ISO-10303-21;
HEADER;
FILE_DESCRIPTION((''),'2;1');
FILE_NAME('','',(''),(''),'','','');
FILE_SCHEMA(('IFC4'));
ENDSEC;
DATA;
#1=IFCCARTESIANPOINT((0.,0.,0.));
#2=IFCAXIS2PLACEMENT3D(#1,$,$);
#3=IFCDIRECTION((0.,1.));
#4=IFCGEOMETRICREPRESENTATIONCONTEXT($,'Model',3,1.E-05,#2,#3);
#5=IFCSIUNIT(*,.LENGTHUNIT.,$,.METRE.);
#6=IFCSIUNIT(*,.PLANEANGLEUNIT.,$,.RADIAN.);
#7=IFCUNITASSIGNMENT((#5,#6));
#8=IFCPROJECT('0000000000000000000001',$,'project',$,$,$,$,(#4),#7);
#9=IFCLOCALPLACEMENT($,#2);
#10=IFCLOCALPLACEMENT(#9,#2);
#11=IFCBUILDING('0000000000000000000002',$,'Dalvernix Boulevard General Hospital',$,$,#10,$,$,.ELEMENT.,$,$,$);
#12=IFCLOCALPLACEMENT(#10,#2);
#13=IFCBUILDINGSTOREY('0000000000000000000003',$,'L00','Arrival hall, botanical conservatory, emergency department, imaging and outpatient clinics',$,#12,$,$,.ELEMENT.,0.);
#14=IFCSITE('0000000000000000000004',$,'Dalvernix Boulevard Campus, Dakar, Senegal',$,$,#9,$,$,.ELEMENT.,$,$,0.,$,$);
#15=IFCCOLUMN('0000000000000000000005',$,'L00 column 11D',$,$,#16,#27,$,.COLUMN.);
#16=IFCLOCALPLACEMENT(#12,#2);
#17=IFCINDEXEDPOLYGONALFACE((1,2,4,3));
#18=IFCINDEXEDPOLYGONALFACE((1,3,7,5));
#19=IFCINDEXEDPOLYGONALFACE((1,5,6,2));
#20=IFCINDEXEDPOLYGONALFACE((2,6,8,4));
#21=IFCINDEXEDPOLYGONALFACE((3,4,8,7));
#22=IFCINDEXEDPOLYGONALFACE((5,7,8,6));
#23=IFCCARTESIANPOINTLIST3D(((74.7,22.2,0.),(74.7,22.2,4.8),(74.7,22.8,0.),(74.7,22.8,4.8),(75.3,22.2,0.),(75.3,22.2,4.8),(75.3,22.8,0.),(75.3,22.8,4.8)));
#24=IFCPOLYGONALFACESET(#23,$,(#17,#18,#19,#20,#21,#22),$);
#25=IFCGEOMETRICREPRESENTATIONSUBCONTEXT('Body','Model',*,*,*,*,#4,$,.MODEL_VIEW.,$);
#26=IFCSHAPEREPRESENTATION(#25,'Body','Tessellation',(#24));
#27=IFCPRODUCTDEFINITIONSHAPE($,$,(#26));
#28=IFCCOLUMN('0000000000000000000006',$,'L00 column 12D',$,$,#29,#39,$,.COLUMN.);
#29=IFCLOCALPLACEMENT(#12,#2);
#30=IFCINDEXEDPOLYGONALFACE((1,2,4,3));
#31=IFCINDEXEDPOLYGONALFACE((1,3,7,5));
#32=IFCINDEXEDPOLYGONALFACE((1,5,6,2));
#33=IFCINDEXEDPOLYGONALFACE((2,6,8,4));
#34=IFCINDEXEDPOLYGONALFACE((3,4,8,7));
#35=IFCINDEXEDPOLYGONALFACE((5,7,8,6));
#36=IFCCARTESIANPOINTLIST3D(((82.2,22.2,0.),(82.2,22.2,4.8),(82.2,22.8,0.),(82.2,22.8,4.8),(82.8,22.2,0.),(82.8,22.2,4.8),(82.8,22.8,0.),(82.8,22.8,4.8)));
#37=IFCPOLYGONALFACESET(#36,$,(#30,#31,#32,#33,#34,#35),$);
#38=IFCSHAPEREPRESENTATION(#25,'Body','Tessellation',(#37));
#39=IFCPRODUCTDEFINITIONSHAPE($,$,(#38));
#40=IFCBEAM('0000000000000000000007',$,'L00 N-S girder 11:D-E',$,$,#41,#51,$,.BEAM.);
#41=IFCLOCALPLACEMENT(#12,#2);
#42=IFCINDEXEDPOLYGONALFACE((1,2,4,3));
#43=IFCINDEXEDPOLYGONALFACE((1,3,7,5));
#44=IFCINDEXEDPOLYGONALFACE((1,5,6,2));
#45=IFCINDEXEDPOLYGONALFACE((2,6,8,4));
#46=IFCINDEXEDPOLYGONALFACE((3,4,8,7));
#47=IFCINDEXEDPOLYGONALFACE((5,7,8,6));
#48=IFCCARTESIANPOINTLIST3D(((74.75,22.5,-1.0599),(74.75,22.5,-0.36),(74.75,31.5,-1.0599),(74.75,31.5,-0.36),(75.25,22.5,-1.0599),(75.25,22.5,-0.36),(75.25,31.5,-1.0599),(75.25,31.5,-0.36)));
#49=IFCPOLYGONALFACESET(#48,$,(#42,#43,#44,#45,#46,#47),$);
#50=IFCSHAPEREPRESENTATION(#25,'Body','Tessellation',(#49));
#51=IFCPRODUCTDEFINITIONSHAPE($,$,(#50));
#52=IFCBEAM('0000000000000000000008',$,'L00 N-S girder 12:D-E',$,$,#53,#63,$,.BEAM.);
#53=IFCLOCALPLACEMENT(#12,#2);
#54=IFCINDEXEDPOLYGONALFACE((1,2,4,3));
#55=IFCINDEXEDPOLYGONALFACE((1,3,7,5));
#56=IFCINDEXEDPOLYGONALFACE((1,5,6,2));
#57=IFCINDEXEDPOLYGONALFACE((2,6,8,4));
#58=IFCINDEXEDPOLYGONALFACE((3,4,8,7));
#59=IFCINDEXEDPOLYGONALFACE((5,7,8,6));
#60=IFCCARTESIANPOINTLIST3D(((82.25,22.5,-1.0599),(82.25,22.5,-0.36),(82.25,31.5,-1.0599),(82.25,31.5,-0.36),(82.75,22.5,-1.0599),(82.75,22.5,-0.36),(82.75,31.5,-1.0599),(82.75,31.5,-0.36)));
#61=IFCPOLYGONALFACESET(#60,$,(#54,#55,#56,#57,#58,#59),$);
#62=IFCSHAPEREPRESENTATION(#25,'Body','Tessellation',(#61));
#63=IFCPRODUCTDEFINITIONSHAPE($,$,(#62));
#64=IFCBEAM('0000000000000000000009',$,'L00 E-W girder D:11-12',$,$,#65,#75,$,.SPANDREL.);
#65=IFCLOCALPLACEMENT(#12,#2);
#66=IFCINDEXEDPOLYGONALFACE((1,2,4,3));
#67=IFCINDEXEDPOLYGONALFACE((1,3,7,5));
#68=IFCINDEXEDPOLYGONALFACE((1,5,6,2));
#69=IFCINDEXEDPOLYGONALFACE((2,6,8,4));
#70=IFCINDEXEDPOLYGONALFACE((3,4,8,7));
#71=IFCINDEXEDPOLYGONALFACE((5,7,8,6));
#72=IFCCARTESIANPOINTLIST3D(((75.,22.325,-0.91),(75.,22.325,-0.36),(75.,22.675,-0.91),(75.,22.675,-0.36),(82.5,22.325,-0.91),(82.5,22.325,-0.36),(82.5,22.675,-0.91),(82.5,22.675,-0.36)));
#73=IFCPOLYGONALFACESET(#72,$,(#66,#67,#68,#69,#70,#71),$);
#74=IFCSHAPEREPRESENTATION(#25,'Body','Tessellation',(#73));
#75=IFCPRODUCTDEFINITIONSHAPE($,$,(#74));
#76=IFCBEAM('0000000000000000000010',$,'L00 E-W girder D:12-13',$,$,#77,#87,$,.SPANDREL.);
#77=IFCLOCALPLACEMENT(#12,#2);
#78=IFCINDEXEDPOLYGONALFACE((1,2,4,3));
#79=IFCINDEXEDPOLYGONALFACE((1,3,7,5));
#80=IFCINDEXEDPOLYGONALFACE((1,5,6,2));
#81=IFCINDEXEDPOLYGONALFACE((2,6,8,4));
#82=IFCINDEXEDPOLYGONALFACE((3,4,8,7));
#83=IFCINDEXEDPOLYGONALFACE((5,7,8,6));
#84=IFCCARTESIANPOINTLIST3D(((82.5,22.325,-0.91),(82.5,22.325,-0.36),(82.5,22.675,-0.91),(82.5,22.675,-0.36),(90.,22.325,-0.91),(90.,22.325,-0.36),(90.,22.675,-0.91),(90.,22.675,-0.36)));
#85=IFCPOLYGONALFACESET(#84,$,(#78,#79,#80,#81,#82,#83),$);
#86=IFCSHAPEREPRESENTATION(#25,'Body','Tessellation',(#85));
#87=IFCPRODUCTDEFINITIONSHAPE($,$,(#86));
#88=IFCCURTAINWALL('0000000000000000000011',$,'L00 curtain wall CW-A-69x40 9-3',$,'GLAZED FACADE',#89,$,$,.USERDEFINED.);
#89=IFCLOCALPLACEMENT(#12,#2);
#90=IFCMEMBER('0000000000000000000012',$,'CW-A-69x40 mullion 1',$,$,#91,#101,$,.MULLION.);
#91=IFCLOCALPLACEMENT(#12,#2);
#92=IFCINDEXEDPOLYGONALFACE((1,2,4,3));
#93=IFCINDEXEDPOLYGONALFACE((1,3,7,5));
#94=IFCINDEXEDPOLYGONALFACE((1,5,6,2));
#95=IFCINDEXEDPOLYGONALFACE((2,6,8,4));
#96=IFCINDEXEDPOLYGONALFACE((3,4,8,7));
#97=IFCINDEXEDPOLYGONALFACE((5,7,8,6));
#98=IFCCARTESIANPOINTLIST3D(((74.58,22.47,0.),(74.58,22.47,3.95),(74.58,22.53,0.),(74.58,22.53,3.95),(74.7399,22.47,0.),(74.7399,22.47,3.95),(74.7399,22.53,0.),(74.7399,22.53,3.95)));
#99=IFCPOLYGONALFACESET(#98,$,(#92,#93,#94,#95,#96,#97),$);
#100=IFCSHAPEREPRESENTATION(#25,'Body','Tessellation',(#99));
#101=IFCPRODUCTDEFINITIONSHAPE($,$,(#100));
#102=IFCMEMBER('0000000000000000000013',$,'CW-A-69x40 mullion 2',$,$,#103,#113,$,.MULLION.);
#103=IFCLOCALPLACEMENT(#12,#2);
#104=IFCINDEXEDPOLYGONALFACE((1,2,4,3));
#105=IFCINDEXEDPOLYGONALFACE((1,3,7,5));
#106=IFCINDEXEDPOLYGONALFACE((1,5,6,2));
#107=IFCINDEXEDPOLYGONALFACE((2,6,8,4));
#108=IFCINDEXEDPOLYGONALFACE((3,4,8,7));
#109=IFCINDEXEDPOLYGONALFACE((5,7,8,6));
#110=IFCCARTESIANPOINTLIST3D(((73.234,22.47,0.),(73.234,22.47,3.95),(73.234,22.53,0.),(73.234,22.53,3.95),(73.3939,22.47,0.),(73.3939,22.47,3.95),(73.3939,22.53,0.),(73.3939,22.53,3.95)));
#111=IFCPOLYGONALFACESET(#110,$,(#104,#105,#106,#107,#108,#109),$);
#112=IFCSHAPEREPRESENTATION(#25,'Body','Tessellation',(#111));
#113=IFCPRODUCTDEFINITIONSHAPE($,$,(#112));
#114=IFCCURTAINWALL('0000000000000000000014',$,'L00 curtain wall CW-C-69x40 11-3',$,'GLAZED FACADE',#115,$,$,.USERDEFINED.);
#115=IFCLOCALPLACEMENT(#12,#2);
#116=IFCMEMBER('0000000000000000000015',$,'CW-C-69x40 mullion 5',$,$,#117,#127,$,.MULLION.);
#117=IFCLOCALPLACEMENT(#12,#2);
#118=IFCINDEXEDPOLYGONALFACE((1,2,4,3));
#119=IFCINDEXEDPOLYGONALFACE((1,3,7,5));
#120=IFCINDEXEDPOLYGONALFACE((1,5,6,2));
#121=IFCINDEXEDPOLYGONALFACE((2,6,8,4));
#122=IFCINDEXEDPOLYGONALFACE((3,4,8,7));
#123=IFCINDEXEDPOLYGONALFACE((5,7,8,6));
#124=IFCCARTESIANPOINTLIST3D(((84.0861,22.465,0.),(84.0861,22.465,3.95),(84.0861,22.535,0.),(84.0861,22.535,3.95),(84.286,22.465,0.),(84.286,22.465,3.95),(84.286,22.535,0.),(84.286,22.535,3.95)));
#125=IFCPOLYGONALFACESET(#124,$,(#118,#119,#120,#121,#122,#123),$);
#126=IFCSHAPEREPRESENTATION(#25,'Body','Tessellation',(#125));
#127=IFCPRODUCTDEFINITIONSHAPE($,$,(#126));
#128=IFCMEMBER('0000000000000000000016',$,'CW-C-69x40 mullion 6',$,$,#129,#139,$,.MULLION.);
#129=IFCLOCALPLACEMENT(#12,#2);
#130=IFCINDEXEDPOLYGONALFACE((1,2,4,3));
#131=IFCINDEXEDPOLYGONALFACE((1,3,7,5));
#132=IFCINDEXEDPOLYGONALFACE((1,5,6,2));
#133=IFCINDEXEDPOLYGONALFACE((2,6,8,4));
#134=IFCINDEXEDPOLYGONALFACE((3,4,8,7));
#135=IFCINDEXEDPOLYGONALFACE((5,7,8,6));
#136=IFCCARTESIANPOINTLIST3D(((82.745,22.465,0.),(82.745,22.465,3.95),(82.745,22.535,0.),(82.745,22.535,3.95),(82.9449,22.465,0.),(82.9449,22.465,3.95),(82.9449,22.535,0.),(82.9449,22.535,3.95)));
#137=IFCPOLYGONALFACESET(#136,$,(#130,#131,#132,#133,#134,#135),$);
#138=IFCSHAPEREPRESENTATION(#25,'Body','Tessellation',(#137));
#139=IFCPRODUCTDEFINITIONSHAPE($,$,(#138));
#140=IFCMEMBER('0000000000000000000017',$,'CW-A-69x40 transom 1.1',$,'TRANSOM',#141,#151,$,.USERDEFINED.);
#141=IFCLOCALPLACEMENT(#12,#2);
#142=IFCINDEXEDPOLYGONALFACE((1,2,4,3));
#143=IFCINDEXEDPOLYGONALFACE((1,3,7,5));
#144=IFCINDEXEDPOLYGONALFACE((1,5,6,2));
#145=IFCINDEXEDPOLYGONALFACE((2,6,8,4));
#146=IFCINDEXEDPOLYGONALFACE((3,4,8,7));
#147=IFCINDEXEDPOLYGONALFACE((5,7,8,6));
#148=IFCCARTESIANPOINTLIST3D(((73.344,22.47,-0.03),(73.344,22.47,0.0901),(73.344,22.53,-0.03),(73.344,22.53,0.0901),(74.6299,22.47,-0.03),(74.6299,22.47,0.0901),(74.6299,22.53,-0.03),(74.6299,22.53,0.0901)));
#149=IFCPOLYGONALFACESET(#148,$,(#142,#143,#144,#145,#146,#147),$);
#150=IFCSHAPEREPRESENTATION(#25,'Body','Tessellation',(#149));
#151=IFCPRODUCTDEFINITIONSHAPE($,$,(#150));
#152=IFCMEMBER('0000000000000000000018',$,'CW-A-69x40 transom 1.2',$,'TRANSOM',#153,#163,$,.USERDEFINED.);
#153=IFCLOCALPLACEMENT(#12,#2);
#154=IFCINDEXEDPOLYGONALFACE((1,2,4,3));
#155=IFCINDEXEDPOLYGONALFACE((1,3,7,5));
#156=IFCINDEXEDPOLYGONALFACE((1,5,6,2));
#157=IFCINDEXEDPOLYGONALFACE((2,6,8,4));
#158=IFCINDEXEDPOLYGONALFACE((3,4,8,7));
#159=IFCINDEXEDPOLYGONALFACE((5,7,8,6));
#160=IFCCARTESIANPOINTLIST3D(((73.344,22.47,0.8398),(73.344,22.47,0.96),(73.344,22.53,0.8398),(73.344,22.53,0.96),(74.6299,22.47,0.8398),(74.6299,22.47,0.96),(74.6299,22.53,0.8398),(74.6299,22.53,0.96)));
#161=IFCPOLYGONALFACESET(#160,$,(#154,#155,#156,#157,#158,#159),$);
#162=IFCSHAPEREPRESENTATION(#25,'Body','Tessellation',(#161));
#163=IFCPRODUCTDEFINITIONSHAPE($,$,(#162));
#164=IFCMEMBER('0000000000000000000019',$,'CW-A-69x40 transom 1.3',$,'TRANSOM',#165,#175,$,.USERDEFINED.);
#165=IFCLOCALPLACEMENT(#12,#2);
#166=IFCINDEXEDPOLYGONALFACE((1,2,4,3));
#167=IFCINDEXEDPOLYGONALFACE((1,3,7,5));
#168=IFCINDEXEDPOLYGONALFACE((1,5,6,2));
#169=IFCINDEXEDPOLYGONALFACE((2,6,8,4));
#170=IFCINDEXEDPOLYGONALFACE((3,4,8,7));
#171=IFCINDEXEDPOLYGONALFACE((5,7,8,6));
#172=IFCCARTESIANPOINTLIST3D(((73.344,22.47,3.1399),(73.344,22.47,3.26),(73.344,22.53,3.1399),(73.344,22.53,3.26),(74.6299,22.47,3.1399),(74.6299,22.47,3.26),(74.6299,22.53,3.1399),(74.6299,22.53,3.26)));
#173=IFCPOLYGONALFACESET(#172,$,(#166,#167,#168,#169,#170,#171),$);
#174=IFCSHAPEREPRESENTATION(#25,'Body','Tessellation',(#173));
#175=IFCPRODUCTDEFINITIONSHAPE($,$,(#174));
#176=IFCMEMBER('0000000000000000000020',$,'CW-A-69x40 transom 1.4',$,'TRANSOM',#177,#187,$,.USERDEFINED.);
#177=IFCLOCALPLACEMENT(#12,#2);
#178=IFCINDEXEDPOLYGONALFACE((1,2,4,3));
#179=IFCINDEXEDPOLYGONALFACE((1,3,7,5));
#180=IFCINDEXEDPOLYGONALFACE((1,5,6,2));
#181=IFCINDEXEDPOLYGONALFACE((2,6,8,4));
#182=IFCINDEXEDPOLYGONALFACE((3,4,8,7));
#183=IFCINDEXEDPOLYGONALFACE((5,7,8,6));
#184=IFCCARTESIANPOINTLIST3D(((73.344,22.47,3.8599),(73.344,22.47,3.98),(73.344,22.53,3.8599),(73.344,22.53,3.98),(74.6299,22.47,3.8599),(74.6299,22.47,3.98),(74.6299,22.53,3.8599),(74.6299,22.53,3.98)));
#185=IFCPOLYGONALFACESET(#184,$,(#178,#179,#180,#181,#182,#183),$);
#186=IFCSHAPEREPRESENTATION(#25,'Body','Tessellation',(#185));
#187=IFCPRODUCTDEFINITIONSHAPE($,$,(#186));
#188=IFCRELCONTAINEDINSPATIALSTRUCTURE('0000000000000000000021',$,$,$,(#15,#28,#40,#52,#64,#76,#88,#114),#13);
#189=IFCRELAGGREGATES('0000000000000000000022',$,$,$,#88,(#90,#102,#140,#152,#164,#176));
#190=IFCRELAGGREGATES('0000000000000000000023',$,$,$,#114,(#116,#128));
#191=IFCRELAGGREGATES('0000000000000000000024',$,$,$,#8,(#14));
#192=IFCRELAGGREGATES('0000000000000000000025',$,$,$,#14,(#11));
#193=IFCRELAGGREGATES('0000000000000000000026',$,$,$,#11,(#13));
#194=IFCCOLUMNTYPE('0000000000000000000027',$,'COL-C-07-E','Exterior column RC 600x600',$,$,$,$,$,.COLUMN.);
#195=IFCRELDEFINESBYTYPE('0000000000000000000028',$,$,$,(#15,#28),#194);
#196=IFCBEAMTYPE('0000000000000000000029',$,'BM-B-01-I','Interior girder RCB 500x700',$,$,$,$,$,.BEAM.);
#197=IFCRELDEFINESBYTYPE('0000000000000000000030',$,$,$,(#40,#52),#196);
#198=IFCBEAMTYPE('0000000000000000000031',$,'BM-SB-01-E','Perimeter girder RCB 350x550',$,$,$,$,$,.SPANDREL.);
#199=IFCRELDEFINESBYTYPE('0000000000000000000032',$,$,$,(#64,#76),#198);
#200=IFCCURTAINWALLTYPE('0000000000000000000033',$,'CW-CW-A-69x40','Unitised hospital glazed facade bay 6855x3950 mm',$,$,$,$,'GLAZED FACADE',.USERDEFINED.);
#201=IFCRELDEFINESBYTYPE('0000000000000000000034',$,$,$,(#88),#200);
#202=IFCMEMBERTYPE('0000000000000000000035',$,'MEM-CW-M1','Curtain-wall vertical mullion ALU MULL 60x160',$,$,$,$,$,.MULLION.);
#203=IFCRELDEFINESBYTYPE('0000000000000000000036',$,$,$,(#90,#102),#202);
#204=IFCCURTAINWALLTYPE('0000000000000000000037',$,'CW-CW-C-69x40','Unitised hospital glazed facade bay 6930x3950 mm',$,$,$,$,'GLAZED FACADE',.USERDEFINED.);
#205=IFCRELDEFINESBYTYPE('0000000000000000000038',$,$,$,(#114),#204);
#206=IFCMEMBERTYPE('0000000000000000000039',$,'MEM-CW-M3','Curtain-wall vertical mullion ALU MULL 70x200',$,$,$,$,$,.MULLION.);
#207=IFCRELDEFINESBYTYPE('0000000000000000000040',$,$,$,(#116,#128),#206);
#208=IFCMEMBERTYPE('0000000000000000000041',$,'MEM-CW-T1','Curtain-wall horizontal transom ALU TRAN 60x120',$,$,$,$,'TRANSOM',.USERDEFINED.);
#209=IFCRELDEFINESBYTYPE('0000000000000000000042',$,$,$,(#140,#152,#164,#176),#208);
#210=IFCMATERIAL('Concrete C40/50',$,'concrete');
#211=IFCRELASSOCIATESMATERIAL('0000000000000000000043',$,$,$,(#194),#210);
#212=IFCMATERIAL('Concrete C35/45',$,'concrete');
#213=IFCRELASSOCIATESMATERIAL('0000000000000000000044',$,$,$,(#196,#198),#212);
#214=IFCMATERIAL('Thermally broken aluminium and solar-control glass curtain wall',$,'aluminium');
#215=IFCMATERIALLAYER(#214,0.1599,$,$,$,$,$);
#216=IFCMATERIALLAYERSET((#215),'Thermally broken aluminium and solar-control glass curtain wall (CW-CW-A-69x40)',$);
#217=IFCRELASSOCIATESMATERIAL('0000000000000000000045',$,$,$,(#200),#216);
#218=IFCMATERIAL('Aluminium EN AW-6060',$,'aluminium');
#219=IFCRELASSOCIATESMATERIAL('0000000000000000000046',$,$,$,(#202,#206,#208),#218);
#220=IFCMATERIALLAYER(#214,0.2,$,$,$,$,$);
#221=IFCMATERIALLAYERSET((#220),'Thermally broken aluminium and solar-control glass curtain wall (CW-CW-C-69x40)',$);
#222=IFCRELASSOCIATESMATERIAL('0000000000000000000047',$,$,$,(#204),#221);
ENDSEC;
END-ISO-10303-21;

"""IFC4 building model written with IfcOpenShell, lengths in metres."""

from ifc_helpers import new_model, si_unit, direction, frame, origin, origin_2d, place, context, subcontext, project, spatial, rectangle, extrude, material, layer, layer_set, material_profile, profile_set, type_object, element, aggregate, save


model = new_model("IFC4")

# Units and contexts
model_context = context("Model", 3, precision=1e-05, world=origin(), true_north=direction((0.0, 1.0)))
body_context = subcontext(model_context, "Body", "Model", "MODEL_VIEW")
ifc_project = project(units=[si_unit("LENGTHUNIT", "METRE"), si_unit("PLANEANGLEUNIT", "RADIAN")], contexts=[model_context])

# Site, building, storey
site_placement = place(None, origin())
site = spatial("IfcSite", under=ifc_project, at=site_placement, Name="Dalvernix Boulevard Campus, Dakar, Senegal", CompositionType="ELEMENT", RefElevation=0.0)
building_placement = place(site_placement, origin())
building = spatial("IfcBuilding", under=site, at=building_placement, Name="Dalvernix Boulevard General Hospital", CompositionType="ELEMENT")
storey_placement = place(building_placement, origin())
storey = spatial("IfcBuildingStorey", under=building, at=storey_placement, Name="L00", Description="Arrival hall, botanical conservatory, emergency department, imaging and outpatient clinics", CompositionType="ELEMENT", Elevation=0.0)

# Columns
ifc_material_1 = material(Name="Concrete C40/50", Category="concrete")
ifc_material_profile_1 = material_profile(ifc_material_1, rectangle(XDim=0.6001, YDim=0.6001, at=origin_2d()), Name="RC 600x600")
ifc_profile_set_1 = profile_set([ifc_material_profile_1], Name="Concrete C40/50")
column_type = type_object("IfcColumnType", Name="COL-C-07-E", Description="Exterior column RC 600x600", PredefinedType="COLUMN", material=ifc_profile_set_1)
for number, where, z_axis, x_axis, name in (
    (1, (75.0, 22.5, 0.0), (0.0, 0.0, 1.0), (1.0, 0.0, 0.0), "L00 column 11D"),
    (2, (82.5, 22.5, 0.0), (0.0, 0.0, 1.0), (1.0, 0.0, 0.0), "L00 column 12D"),
):
    element("IfcColumn", number, at=place(storey_placement, frame(where, z_axis=z_axis, x_axis=x_axis)), inside=storey, type_object=column_type, Name=name, PredefinedType="COLUMN", context=body_context, shape_type="SweptSolid", body=[
        extrude(rectangle(XDim=0.6001, YDim=0.6001, at=origin_2d()), origin(), (0.0, 0.0, 1.0), 4.8),
    ])

# Beams
ifc_material_2 = material(Name="Concrete C35/45", Category="concrete")
ifc_material_profile_2 = material_profile(ifc_material_2, rectangle(XDim=0.5, YDim=0.7, at=origin_2d()), Name="RCB 500x700")
ifc_profile_set_2 = profile_set([ifc_material_profile_2], Name="Concrete C35/45")
beam_type_1 = type_object("IfcBeamType", Name="BM-B-01-I", Description="Interior girder RCB 500x700", PredefinedType="BEAM", material=ifc_profile_set_2)
for number, where, z_axis, x_axis, name in (
    (3, (75.0, 22.5, -0.71), (0.0, 1.0, 0.0), (-1.0, 0.0, 0.0), "L00 N-S girder 11:D-E"),
    (4, (82.5, 22.5, -0.71), (0.0, 1.0, 0.0), (-1.0, 0.0, 0.0), "L00 N-S girder 12:D-E"),
):
    element("IfcBeam", number, at=place(storey_placement, frame(where, z_axis=z_axis, x_axis=x_axis)), inside=storey, type_object=beam_type_1, Name=name, PredefinedType="BEAM", context=body_context, shape_type="SweptSolid", body=[
        extrude(rectangle(XDim=0.5, YDim=0.7, at=origin_2d()), origin(), (0.0, 0.0, 1.0), 9.0),
    ])
ifc_material_profile_3 = material_profile(ifc_material_2, rectangle(XDim=0.3501, YDim=0.55, at=origin_2d()), Name="RCB 350x550")
ifc_profile_set_3 = profile_set([ifc_material_profile_3], Name="Concrete C35/45")
beam_type_2 = type_object("IfcBeamType", Name="BM-SB-01-E", Description="Perimeter girder RCB 350x550", PredefinedType="SPANDREL", material=ifc_profile_set_3)
for number, where, z_axis, x_axis, name in (
    (5, (75.0, 22.5, -0.635), (1.0, 0.0, 0.0), (0.0, 1.0, 0.0), "L00 E-W girder D:11-12"),
    (6, (82.5, 22.5, -0.635), (1.0, 0.0, 0.0), (0.0, 1.0, 0.0), "L00 E-W girder D:12-13"),
):
    element("IfcBeam", number, at=place(storey_placement, frame(where, z_axis=z_axis, x_axis=x_axis)), inside=storey, type_object=beam_type_2, Name=name, PredefinedType="SPANDREL", context=body_context, shape_type="SweptSolid", body=[
        extrude(rectangle(XDim=0.3501, YDim=0.55, at=origin_2d()), origin(), (0.0, 0.0, 1.0), 7.5),
    ])

# Curtain walls, members
ifc_material_3 = material(Name="Thermally broken aluminium and solar-control glass curtain wall", Category="aluminium")
ifc_layer_1 = layer(ifc_material_3, 0.1599)
ifc_layer_set_1 = layer_set([ifc_layer_1], Name="Thermally broken aluminium and solar-control glass curtain wall (CW-CW-A-69x40)")
curtain_wall_type_1 = type_object("IfcCurtainWallType", Name="CW-CW-A-69x40", Description="Unitised hospital glazed facade bay 6855x3950 mm", ElementType="GLAZED FACADE", PredefinedType="USERDEFINED", material=ifc_layer_set_1)
curtain_wall_1_placement = place(storey_placement, origin())
curtain_wall_1 = element("IfcCurtainWall", 7, at=curtain_wall_1_placement, inside=storey, type_object=curtain_wall_type_1, Name="L00 curtain wall CW-A-69x40 9-3", ObjectType="GLAZED FACADE", PredefinedType="USERDEFINED")
ifc_material_4 = material(Name="Aluminium EN AW-6060", Category="aluminium")
ifc_material_profile_4 = material_profile(ifc_material_4, rectangle(XDim=0.0601, YDim=0.1599, at=origin_2d()), Name="ALU MULL 60x160")
ifc_profile_set_4 = profile_set([ifc_material_profile_4], Name="Aluminium EN AW-6060")
member_type_1 = type_object("IfcMemberType", Name="MEM-CW-M1", Description="Curtain-wall vertical mullion ALU MULL 60x160", PredefinedType="MULLION", material=ifc_profile_set_4)
member_1_placement = place(storey_placement, frame((74.6599, 22.5, 0.0), z_axis=(0.0, 0.0, 1.0), x_axis=(0.0, -1.0, 0.0)))
member_1 = element("IfcMember", 8, at=member_1_placement, type_object=member_type_1, Name="CW-A-69x40 mullion 1", PredefinedType="MULLION", context=body_context, shape_type="SweptSolid", body=[
    extrude(rectangle(XDim=0.0601, YDim=0.1599, at=origin_2d()), origin(), (0.0, 0.0, 1.0), 3.95),
])
member_2_placement = place(storey_placement, frame((73.314, 22.5, 0.0), z_axis=(0.0, 0.0, 1.0), x_axis=(0.0, -1.0, 0.0)))
member_2 = element("IfcMember", 9, at=member_2_placement, type_object=member_type_1, Name="CW-A-69x40 mullion 2", PredefinedType="MULLION", context=body_context, shape_type="SweptSolid", body=[
    extrude(rectangle(XDim=0.0601, YDim=0.1599, at=origin_2d()), origin(), (0.0, 0.0, 1.0), 3.95),
])
ifc_layer_2 = layer(ifc_material_3, 0.2)
ifc_layer_set_2 = layer_set([ifc_layer_2], Name="Thermally broken aluminium and solar-control glass curtain wall (CW-CW-C-69x40)")
curtain_wall_type_2 = type_object("IfcCurtainWallType", Name="CW-CW-C-69x40", Description="Unitised hospital glazed facade bay 6930x3950 mm", ElementType="GLAZED FACADE", PredefinedType="USERDEFINED", material=ifc_layer_set_2)
curtain_wall_2_placement = place(storey_placement, origin())
curtain_wall_2 = element("IfcCurtainWall", 10, at=curtain_wall_2_placement, inside=storey, type_object=curtain_wall_type_2, Name="L00 curtain wall CW-C-69x40 11-3", ObjectType="GLAZED FACADE", PredefinedType="USERDEFINED")
ifc_material_profile_5 = material_profile(ifc_material_4, rectangle(XDim=0.0701, YDim=0.2, at=origin_2d()), Name="ALU MULL 70x200")
ifc_profile_set_5 = profile_set([ifc_material_profile_5], Name="Aluminium EN AW-6060")
member_type_2 = type_object("IfcMemberType", Name="MEM-CW-M3", Description="Curtain-wall vertical mullion ALU MULL 70x200", PredefinedType="MULLION", material=ifc_profile_set_5)
member_3_placement = place(storey_placement, frame((84.186, 22.5, 0.0), z_axis=(0.0, 0.0, 1.0), x_axis=(0.0, -1.0, 0.0)))
member_3 = element("IfcMember", 11, at=member_3_placement, type_object=member_type_2, Name="CW-C-69x40 mullion 5", PredefinedType="MULLION", context=body_context, shape_type="SweptSolid", body=[
    extrude(rectangle(XDim=0.0701, YDim=0.2, at=origin_2d()), origin(), (0.0, 0.0, 1.0), 3.95),
])
member_4_placement = place(storey_placement, frame((82.845, 22.5, 0.0), z_axis=(0.0, 0.0, 1.0), x_axis=(0.0, -1.0, 0.0)))
member_4 = element("IfcMember", 12, at=member_4_placement, type_object=member_type_2, Name="CW-C-69x40 mullion 6", PredefinedType="MULLION", context=body_context, shape_type="SweptSolid", body=[
    extrude(rectangle(XDim=0.0701, YDim=0.2, at=origin_2d()), origin(), (0.0, 0.0, 1.0), 3.95),
])

# Members
ifc_material_profile_6 = material_profile(ifc_material_4, rectangle(XDim=0.0601, YDim=0.1201, at=origin_2d()), Name="ALU TRAN 60x120")
ifc_profile_set_6 = profile_set([ifc_material_profile_6], Name="Aluminium EN AW-6060")
member_type_3 = type_object("IfcMemberType", Name="MEM-CW-T1", Description="Curtain-wall horizontal transom ALU TRAN 60x120", ElementType="TRANSOM", PredefinedType="USERDEFINED", material=ifc_profile_set_6)
member_5_placement = place(storey_placement, frame((74.6299, 22.5, 0.03), z_axis=(-1.0, 0.0, 0.0), x_axis=(0.0, -1.0, 0.0)))
member_5 = element("IfcMember", 13, at=member_5_placement, type_object=member_type_3, Name="CW-A-69x40 transom 1.1", ObjectType="TRANSOM", PredefinedType="USERDEFINED", context=body_context, shape_type="SweptSolid", body=[
    extrude(rectangle(XDim=0.0601, YDim=0.1201, at=origin_2d()), origin(), (0.0, 0.0, 1.0), 1.2859),
])
member_6_placement = place(storey_placement, frame((74.6299, 22.5, 0.8999), z_axis=(-1.0, 0.0, 0.0), x_axis=(0.0, -1.0, 0.0)))
member_6 = element("IfcMember", 14, at=member_6_placement, type_object=member_type_3, Name="CW-A-69x40 transom 1.2", ObjectType="TRANSOM", PredefinedType="USERDEFINED", context=body_context, shape_type="SweptSolid", body=[
    extrude(rectangle(XDim=0.0601, YDim=0.1201, at=origin_2d()), origin(), (0.0, 0.0, 1.0), 1.2859),
])
member_7_placement = place(storey_placement, frame((74.6299, 22.5, 3.2), z_axis=(-1.0, 0.0, 0.0), x_axis=(0.0, -1.0, 0.0)))
member_7 = element("IfcMember", 15, at=member_7_placement, type_object=member_type_3, Name="CW-A-69x40 transom 1.3", ObjectType="TRANSOM", PredefinedType="USERDEFINED", context=body_context, shape_type="SweptSolid", body=[
    extrude(rectangle(XDim=0.0601, YDim=0.1201, at=origin_2d()), origin(), (0.0, 0.0, 1.0), 1.2859),
])
member_8_placement = place(storey_placement, frame((74.6299, 22.5, 3.9199), z_axis=(-1.0, 0.0, 0.0), x_axis=(0.0, -1.0, 0.0)))
member_8 = element("IfcMember", 16, at=member_8_placement, type_object=member_type_3, Name="CW-A-69x40 transom 1.4", ObjectType="TRANSOM", PredefinedType="USERDEFINED", context=body_context, shape_type="SweptSolid", body=[
    extrude(rectangle(XDim=0.0601, YDim=0.1201, at=origin_2d()), origin(), (0.0, 0.0, 1.0), 1.2859),
])

aggregate(curtain_wall_1, [member_1, member_2, member_5, member_6, member_7, member_8])
aggregate(curtain_wall_2, [member_3, member_4])

save(model, "model.ifc")
